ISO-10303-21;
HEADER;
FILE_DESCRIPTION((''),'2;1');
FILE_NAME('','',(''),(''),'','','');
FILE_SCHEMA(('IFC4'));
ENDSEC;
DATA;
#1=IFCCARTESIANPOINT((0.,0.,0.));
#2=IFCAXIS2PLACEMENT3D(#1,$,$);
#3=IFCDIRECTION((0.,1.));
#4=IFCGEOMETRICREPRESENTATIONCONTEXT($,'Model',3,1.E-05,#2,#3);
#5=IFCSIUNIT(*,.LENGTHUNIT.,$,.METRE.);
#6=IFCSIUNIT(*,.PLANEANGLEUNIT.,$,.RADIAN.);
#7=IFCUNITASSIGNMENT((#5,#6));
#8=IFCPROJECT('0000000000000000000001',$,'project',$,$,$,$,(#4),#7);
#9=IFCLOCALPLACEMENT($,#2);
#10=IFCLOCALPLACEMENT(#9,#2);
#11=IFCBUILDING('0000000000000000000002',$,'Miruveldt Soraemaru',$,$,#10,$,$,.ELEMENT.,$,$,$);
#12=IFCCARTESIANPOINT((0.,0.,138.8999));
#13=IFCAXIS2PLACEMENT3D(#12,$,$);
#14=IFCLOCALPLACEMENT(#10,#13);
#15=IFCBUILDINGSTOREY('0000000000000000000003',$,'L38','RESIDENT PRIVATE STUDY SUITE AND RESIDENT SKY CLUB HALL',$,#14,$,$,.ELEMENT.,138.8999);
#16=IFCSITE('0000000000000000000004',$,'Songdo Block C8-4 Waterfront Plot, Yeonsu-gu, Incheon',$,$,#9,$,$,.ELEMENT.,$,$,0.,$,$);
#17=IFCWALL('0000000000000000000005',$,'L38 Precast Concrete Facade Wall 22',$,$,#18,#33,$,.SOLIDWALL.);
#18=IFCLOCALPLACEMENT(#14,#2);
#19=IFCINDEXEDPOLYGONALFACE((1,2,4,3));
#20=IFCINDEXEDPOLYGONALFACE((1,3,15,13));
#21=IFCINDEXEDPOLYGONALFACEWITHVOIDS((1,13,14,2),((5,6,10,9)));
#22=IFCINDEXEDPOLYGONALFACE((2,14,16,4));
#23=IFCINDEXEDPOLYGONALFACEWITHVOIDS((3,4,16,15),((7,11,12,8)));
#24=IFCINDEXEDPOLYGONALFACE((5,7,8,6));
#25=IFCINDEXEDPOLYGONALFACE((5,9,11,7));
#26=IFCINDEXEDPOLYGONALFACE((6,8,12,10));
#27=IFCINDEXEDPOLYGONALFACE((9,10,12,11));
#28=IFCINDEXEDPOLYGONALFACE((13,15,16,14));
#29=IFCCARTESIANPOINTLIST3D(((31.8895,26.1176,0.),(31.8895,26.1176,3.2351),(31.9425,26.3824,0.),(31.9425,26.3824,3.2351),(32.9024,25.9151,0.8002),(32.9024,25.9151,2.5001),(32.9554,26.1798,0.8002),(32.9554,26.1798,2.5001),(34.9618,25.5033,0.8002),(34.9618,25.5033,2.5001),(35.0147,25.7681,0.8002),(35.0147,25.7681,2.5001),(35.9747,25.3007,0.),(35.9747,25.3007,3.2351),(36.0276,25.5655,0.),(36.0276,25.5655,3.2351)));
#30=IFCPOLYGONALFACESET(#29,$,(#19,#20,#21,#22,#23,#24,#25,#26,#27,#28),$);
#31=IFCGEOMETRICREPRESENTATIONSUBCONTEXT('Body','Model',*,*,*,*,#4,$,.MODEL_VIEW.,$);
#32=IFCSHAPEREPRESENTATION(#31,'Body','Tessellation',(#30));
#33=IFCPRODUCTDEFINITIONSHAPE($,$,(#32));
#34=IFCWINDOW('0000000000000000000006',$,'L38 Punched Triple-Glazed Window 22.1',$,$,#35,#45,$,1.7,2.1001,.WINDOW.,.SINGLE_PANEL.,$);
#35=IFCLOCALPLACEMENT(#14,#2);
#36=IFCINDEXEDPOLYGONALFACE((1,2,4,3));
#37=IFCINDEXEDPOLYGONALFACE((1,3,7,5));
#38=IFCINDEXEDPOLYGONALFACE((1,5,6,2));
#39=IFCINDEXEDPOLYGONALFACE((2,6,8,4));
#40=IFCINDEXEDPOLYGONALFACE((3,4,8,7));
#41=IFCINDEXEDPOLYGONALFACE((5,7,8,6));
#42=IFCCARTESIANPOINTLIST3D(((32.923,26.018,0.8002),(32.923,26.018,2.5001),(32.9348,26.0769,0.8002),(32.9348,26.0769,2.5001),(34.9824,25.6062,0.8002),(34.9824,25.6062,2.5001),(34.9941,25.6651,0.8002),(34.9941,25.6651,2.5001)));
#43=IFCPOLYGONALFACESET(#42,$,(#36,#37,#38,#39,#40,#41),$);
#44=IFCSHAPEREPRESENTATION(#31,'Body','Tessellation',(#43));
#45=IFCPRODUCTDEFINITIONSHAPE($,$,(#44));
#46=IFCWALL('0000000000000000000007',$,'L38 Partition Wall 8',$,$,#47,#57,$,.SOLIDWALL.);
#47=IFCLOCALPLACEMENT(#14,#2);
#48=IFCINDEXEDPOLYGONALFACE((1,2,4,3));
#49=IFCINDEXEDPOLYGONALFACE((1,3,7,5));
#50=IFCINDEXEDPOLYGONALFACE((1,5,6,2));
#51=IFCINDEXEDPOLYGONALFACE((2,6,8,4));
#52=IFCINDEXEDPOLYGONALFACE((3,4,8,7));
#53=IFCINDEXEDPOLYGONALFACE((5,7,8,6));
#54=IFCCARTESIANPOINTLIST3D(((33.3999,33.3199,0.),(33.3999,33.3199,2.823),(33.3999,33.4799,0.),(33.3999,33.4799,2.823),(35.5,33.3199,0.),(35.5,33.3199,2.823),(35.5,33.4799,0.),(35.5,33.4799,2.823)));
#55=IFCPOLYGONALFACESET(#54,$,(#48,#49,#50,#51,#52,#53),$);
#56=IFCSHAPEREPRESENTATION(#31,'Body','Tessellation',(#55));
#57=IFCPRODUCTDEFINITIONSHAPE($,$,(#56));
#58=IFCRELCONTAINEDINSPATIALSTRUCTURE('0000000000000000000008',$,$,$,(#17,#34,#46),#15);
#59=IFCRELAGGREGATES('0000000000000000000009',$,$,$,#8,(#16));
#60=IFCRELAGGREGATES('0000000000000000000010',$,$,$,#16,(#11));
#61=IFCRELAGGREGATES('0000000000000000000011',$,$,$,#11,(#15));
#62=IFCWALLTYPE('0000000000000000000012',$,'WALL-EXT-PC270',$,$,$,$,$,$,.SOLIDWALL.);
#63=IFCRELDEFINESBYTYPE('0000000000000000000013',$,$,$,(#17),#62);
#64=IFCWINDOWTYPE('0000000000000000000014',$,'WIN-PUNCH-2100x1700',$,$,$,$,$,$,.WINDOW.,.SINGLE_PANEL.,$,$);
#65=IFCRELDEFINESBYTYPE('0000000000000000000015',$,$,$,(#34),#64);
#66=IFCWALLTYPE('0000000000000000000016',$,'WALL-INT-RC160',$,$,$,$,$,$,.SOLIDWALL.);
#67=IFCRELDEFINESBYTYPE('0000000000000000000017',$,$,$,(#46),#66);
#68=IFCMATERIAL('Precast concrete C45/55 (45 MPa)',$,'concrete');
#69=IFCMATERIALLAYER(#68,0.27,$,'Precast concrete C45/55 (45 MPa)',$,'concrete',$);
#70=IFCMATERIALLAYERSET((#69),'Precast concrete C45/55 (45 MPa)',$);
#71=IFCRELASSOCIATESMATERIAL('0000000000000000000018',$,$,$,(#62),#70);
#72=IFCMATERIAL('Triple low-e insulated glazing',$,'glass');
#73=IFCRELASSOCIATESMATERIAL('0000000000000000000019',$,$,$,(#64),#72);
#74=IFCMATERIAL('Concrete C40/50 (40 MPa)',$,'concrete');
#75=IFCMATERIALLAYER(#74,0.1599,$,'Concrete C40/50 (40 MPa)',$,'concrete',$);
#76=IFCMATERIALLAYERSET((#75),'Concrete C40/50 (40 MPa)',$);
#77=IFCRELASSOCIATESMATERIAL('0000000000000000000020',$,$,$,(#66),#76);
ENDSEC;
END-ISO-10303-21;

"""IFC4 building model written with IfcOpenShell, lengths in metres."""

from ifc_helpers import new_model, si_unit, direction, frame, frame_2d, origin, place, context, subcontext, project, spatial, rectangle, extrude, material, layer, layer_set, type_object, element, fill, save


model = new_model("IFC4")

# Units and contexts
model_context = context("Model", 3, precision=1e-05, world=origin(), true_north=direction((0.0, 1.0)))
body_context = subcontext(model_context, "Body", "Model", "MODEL_VIEW")
ifc_project = project(units=[si_unit("LENGTHUNIT", "METRE"), si_unit("PLANEANGLEUNIT", "RADIAN")], contexts=[model_context])

# Site, building, storey
site_placement = place(None, origin())
site = spatial("IfcSite", under=ifc_project, at=site_placement, Name="Songdo Block C8-4 Waterfront Plot, Yeonsu-gu, Incheon", CompositionType="ELEMENT", RefElevation=0.0)
building_placement = place(site_placement, origin())
building = spatial("IfcBuilding", under=site, at=building_placement, Name="Miruveldt Soraemaru", CompositionType="ELEMENT")
storey_placement = place(building_placement, frame((0.0, 0.0, 138.8999)))
storey = spatial("IfcBuildingStorey", under=building, at=storey_placement, Name="L38", Description="RESIDENT PRIVATE STUDY SUITE AND RESIDENT SKY CLUB HALL", CompositionType="ELEMENT", Elevation=138.8999)

# Shared definitions
ifc_material_1 = material(Name="Concrete C40/50 (40 MPa)", Category="concrete")

# Wall, opening, window
ifc_material_2 = material(Name="Precast concrete C45/55 (45 MPa)", Category="concrete")
ifc_layer_1 = layer(ifc_material_2, 0.27, Name="Precast concrete C45/55 (45 MPa)", Category="concrete")
ifc_layer_set_1 = layer_set([ifc_layer_1], Name="Precast concrete C45/55 (45 MPa)")
wall_type_1 = type_object("IfcWallType", Name="WALL-EXT-PC270", PredefinedType="SOLIDWALL", material=ifc_layer_set_1)
ifc_material_3 = material(Name="Triple low-e insulated glazing", Category="glass")
window_type_1 = type_object("IfcWindowType", Name="WIN-PUNCH-2100x1700", PartitioningType="SINGLE_PANEL", PredefinedType="WINDOW", material=ifc_material_3)
wall_1_placement = place(storey_placement, frame((31.916, 26.25, 0.0), z_axis=(0.0, 0.0, 1.0), x_axis=(0.980587, -0.196082, 0.0)))
wall_1 = element("IfcWall", 1, at=wall_1_placement, inside=storey, type_object=wall_type_1, Name="L38 Precast Concrete Facade Wall 22", PredefinedType="SOLIDWALL", context=body_context, shape_type="SweptSolid", body=[
    extrude(rectangle(XDim=4.166, YDim=0.27, at=frame_2d((2.083, 0.0))), origin(), (0.0, 0.0, 1.0), 3.2351),
])
opening_1_placement = place(wall_1_placement, frame((1.033, 0.0, 0.8)))
opening_1 = element("IfcOpeningElement", 2, at=opening_1_placement, cuts=wall_1, PredefinedType="OPENING", context=body_context, shape_type="SweptSolid", body=[
    extrude(rectangle(XDim=2.1001, YDim=1.7, at=frame_2d((1.05, 0.8501))), frame((0.0, 0.145, 0.0), z_axis=(0.0, -1.0, 0.0), x_axis=(1.0, 0.0, 0.0)), (0.0, 0.0, 1.0), 0.29),
])
window_1_placement = place(opening_1_placement, origin())
window_1 = element("IfcWindow", 3, at=window_1_placement, inside=storey, type_object=window_type_1, Name="L38 Punched Triple-Glazed Window 22.1", OverallHeight=1.7, OverallWidth=2.1001, PartitioningType="SINGLE_PANEL", PredefinedType="WINDOW", context=body_context, shape_type="SweptSolid", body=[
    extrude(rectangle(XDim=2.1001, YDim=1.7, at=frame_2d((1.05, 0.8501))), frame((0.0, 0.03, 0.0), z_axis=(0.0, -1.0, 0.0), x_axis=(1.0, 0.0, 0.0)), (0.0, 0.0, 1.0), 0.0601),
])
fill(opening_1, window_1)

# Wall
ifc_layer_2 = layer(ifc_material_1, 0.1599, Name="Concrete C40/50 (40 MPa)", Category="concrete")
ifc_layer_set_2 = layer_set([ifc_layer_2], Name="Concrete C40/50 (40 MPa)")
wall_type_2 = type_object("IfcWallType", Name="WALL-INT-RC160", PredefinedType="SOLIDWALL", material=ifc_layer_set_2)
wall_2_placement = place(storey_placement, frame((33.3999, 33.3999, 0.0), z_axis=(0.0, 0.0, 1.0), x_axis=(1.0, 0.0, 0.0)))
element("IfcWall", 4, at=wall_2_placement, inside=storey, type_object=wall_type_2, Name="L38 Partition Wall 8", PredefinedType="SOLIDWALL", context=body_context, shape_type="SweptSolid", body=[
    extrude(rectangle(XDim=2.1001, YDim=0.1599, at=frame_2d((1.05, 0.0))), origin(), (0.0, 0.0, 1.0), 2.823),
])

save(model, "model.ifc")
